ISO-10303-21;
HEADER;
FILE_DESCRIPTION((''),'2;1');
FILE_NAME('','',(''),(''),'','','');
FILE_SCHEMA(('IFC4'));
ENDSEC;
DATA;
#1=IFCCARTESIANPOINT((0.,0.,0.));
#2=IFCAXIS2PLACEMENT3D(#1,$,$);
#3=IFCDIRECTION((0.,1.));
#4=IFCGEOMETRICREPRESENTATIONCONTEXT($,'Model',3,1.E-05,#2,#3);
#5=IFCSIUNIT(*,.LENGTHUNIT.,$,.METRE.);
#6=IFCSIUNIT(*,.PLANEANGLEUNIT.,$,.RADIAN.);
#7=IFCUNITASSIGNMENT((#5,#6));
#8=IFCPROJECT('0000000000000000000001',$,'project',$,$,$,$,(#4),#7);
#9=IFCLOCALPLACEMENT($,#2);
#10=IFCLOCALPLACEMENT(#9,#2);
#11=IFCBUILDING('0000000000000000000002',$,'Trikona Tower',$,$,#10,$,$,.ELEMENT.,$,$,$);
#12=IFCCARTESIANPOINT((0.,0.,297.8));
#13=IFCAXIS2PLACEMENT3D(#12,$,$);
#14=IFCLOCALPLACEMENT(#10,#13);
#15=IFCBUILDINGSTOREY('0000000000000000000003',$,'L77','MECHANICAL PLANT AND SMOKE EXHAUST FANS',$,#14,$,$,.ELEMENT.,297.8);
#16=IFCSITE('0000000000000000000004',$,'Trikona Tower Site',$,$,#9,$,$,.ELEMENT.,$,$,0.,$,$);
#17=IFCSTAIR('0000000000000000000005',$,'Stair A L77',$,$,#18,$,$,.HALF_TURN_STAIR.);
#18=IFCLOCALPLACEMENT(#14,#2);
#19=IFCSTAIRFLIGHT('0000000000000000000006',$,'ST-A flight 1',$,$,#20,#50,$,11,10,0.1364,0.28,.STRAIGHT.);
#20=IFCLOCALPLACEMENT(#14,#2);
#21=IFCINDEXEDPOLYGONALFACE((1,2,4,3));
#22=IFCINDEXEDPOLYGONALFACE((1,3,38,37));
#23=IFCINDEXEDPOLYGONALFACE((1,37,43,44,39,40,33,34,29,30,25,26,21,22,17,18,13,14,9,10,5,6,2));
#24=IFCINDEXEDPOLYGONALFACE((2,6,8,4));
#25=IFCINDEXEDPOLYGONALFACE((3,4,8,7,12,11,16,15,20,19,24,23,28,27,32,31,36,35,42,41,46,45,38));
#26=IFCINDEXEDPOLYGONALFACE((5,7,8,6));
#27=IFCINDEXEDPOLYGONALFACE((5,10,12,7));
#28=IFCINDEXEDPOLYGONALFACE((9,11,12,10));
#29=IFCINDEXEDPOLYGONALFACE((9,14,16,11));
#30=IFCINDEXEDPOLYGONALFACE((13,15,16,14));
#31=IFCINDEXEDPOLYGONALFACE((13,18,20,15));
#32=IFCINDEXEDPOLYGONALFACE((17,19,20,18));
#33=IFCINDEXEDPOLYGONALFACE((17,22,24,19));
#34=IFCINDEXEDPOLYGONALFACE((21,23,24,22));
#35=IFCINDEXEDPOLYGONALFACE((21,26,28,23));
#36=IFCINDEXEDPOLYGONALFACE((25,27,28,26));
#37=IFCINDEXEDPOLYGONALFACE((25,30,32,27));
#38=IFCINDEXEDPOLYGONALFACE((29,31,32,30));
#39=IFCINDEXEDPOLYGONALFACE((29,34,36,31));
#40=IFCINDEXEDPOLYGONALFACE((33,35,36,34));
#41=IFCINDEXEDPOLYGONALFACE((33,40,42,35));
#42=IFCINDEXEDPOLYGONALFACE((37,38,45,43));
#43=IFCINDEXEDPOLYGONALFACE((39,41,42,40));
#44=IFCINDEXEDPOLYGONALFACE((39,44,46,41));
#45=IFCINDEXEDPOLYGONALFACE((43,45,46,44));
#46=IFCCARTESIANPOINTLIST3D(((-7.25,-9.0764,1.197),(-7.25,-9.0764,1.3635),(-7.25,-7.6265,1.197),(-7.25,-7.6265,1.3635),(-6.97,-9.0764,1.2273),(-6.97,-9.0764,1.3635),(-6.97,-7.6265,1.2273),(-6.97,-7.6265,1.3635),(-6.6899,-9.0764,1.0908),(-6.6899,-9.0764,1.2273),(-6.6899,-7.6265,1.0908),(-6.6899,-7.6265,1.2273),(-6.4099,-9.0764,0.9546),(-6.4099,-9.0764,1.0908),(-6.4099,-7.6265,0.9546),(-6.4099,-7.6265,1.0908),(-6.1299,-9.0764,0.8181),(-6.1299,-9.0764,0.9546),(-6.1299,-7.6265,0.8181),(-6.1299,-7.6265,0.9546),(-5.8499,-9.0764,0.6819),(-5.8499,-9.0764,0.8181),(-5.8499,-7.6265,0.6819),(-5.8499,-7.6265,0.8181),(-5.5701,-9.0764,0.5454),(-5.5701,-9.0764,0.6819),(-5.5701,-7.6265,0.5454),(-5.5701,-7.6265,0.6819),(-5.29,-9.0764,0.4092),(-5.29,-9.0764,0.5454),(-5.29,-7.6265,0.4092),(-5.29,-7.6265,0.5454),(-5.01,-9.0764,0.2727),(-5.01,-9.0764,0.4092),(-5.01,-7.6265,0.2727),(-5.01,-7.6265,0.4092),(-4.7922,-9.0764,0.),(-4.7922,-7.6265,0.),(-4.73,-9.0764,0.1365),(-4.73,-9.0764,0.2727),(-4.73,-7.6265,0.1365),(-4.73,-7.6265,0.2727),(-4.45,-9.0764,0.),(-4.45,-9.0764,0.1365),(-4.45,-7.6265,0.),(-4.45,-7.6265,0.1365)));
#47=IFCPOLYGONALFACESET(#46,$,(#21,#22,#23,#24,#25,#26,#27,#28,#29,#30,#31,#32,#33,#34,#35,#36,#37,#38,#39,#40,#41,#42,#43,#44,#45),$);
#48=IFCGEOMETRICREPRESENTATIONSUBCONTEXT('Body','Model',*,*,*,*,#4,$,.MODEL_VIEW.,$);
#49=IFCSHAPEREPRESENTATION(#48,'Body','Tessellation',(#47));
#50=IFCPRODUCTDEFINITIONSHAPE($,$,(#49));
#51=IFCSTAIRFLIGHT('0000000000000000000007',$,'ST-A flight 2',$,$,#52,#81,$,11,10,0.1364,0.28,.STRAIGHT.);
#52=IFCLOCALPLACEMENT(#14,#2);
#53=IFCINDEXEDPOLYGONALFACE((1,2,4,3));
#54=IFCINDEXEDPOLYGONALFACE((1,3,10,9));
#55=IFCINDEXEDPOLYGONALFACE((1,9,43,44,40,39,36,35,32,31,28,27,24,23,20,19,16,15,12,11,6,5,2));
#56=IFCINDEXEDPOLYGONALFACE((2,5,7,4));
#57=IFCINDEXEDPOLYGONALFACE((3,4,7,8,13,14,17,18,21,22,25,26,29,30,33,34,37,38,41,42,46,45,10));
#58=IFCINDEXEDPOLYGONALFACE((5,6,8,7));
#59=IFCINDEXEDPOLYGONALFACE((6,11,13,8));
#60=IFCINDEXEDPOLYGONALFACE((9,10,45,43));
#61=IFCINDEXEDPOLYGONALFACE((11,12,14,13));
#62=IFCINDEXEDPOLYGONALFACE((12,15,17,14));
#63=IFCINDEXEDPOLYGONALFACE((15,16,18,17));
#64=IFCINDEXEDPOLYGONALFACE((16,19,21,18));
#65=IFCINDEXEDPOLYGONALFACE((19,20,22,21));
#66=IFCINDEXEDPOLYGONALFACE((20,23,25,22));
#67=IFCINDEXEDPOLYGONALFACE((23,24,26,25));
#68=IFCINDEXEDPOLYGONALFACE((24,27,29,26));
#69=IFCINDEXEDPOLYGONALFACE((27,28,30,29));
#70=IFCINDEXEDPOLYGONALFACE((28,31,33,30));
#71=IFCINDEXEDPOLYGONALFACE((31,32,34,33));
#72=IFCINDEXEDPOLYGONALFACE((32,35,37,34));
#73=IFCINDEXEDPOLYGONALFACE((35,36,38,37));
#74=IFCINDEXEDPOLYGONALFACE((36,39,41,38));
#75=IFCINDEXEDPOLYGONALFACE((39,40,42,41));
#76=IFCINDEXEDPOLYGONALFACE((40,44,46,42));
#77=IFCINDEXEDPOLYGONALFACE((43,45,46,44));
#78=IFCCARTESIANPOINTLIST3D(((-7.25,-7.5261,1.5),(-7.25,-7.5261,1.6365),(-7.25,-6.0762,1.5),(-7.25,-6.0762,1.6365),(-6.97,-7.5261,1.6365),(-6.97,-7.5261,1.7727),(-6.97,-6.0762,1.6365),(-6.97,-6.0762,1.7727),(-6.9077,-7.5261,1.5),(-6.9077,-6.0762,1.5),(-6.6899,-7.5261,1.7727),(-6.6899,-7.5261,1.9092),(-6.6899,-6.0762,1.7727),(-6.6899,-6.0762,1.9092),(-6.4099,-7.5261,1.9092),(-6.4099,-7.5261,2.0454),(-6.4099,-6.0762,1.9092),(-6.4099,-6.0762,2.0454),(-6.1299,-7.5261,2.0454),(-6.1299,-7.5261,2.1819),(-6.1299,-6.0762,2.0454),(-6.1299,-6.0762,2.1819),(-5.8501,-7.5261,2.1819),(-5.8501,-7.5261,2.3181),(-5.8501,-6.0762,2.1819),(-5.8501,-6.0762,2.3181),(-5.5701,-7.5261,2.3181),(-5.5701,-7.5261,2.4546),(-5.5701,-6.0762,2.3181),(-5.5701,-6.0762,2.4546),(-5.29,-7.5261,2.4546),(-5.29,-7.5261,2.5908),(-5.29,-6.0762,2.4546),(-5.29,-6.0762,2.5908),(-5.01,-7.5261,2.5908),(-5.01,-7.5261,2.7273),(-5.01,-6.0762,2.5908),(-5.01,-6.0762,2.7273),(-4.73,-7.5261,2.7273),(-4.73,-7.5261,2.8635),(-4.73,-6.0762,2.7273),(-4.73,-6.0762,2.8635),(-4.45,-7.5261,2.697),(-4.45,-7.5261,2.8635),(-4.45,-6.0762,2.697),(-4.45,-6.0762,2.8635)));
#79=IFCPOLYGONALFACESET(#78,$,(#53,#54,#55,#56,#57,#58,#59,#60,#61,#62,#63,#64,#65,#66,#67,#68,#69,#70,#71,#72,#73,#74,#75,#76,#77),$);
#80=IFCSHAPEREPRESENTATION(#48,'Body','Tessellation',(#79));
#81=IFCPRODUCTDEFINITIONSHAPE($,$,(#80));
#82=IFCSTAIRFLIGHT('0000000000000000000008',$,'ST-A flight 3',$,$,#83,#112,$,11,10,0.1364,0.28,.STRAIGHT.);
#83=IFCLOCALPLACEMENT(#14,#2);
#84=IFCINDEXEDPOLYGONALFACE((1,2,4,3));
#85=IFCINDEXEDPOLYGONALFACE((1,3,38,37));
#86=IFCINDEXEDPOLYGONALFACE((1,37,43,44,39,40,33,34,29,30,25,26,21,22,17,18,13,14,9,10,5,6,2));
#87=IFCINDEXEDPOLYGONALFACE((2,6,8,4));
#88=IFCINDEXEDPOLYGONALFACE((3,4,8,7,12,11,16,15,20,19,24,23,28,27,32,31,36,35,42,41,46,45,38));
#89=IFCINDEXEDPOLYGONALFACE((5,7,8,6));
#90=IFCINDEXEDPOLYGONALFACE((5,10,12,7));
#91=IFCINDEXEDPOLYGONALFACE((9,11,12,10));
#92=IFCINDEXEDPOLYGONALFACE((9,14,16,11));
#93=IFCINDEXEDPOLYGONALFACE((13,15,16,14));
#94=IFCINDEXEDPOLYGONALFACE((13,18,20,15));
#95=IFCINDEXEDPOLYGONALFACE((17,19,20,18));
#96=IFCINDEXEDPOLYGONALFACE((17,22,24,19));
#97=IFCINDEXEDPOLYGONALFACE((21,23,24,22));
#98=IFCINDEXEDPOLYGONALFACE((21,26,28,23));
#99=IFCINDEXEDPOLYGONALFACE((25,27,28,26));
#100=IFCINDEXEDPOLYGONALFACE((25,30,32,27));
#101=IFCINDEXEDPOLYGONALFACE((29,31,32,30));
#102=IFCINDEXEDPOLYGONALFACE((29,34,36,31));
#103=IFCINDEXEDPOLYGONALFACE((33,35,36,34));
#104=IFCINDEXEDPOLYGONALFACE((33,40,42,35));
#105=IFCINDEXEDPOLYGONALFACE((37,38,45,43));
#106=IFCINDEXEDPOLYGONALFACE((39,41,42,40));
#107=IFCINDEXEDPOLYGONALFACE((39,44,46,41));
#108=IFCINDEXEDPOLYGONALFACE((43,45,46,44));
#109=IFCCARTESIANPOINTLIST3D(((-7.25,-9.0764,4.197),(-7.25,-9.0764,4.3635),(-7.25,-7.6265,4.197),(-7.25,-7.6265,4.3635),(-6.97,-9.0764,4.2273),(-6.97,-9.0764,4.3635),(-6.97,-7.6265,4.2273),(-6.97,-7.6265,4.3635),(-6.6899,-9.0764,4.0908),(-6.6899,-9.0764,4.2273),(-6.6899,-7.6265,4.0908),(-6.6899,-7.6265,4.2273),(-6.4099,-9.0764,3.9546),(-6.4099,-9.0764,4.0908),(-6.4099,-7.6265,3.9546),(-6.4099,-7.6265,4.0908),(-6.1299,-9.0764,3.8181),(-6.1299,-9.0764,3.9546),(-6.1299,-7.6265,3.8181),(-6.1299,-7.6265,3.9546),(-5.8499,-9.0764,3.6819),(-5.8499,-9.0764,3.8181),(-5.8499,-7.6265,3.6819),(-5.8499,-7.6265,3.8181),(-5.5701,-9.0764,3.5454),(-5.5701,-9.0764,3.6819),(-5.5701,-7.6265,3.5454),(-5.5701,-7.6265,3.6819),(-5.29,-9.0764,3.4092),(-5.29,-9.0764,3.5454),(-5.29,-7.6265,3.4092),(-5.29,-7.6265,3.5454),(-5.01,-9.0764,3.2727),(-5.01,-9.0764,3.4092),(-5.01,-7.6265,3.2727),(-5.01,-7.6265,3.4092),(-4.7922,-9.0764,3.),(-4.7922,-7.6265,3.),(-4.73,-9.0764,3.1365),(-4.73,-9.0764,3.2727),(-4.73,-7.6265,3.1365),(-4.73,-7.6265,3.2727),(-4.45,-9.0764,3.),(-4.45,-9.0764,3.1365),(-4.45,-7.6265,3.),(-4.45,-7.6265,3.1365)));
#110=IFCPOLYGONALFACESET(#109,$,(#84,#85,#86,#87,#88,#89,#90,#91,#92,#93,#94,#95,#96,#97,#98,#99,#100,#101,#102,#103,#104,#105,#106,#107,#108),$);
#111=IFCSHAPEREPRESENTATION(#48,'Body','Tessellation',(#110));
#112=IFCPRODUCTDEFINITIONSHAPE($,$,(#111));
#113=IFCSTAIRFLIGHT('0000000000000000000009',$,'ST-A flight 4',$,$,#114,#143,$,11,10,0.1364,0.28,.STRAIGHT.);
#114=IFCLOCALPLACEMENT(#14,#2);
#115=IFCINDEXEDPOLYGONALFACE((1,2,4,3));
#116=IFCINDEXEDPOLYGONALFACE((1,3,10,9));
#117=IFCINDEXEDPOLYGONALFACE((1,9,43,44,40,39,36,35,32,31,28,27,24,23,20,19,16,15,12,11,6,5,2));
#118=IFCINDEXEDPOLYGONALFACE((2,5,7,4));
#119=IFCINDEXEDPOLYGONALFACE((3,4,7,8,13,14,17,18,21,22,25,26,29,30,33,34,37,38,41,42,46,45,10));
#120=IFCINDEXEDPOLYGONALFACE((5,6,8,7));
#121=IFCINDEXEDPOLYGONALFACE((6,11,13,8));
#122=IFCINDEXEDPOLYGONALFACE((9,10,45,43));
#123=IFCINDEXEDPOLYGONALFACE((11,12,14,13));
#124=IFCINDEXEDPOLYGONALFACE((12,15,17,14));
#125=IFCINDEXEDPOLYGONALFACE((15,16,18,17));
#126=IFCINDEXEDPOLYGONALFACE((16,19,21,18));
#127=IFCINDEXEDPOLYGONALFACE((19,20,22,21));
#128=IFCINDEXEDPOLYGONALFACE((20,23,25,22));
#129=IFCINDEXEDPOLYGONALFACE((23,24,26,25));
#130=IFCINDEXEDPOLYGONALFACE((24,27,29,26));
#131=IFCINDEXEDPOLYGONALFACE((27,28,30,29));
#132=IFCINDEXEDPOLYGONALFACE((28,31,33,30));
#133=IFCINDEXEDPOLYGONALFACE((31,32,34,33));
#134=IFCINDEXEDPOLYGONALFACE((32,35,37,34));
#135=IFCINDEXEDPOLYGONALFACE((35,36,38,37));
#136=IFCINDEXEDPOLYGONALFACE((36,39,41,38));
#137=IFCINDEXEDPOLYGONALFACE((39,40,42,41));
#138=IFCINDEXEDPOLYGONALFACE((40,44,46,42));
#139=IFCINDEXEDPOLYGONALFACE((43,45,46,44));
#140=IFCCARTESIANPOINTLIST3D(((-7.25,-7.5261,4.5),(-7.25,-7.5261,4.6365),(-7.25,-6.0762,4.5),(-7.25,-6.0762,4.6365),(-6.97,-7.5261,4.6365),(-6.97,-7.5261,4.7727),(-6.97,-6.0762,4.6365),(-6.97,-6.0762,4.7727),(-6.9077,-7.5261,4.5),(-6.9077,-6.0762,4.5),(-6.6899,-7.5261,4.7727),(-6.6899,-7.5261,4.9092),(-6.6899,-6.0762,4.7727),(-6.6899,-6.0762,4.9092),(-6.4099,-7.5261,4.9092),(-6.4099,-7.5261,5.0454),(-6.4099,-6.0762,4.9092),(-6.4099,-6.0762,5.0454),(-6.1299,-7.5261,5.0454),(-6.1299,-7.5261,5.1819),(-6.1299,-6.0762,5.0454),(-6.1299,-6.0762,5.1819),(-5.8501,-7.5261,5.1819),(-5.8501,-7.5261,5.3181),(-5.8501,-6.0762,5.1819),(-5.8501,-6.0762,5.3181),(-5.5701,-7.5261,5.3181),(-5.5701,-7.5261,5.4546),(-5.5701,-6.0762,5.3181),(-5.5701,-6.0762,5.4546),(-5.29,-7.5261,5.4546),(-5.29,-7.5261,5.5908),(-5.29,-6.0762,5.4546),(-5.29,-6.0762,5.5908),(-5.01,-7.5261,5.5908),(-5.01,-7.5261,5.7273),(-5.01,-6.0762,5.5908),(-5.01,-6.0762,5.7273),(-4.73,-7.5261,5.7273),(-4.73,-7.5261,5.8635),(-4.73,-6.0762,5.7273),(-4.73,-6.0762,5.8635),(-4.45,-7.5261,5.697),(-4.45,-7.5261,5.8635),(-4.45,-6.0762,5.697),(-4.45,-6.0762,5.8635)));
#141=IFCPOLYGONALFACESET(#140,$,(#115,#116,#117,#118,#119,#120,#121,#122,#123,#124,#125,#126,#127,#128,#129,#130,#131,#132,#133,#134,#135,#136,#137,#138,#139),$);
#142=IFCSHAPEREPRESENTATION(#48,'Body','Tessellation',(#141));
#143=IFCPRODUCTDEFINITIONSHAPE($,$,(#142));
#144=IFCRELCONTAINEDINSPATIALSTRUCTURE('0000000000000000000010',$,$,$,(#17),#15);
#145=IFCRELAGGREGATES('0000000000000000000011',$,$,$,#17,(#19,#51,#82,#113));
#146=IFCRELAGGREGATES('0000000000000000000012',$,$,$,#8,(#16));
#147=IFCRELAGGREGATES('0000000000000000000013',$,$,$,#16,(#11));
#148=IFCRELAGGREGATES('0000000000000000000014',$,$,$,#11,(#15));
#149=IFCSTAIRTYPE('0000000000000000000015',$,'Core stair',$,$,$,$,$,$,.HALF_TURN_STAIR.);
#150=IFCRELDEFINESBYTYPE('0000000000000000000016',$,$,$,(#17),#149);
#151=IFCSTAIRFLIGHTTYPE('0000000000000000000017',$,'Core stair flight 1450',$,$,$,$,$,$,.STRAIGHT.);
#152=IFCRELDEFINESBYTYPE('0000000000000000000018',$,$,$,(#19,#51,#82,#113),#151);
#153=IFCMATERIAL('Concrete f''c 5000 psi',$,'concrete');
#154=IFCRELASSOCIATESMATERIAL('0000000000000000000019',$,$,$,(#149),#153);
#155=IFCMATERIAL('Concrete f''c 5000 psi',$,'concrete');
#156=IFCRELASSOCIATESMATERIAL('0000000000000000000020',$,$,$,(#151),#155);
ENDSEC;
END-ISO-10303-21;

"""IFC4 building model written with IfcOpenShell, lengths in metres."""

from ifc_helpers import new_model, si_unit, direction, frame, origin, place, context, subcontext, project, spatial, polyline, outline, extrude, material, type_object, element, aggregate, save


model = new_model("IFC4")

# Units and contexts
model_context = context("Model", 3, precision=1e-05, world=origin(), true_north=direction((0.0, 1.0)))
body_context = subcontext(model_context, "Body", "Model", "MODEL_VIEW")
ifc_project = project(units=[si_unit("LENGTHUNIT", "METRE"), si_unit("PLANEANGLEUNIT", "RADIAN")], contexts=[model_context])

# Site, building, storey
site_placement = place(None, origin())
site = spatial("IfcSite", under=ifc_project, at=site_placement, Name="Trikona Tower Site", CompositionType="ELEMENT", RefElevation=0.0)
building_placement = place(site_placement, origin())
building = spatial("IfcBuilding", under=site, at=building_placement, Name="Trikona Tower", CompositionType="ELEMENT")
storey_placement = place(building_placement, frame((0.0, 0.0, 297.8)))
storey = spatial("IfcBuildingStorey", under=building, at=storey_placement, Name="L77", Description="MECHANICAL PLANT AND SMOKE EXHAUST FANS", CompositionType="ELEMENT", Elevation=297.8)

# Stair, stair flights
ifc_material_1 = material(Name="Concrete f'c 5000 psi", Category="concrete")
stair_type = type_object("IfcStairType", Name="Core stair", PredefinedType="HALF_TURN_STAIR", material=ifc_material_1)
stair_placement = place(storey_placement, origin())
stair = element("IfcStair", 1, at=stair_placement, inside=storey, type_object=stair_type, Name="Stair A L77", PredefinedType="HALF_TURN_STAIR")
ifc_material_2 = material(Name="Concrete f'c 5000 psi", Category="concrete")
stair_flight_type = type_object("IfcStairFlightType", Name="Core stair flight 1450", PredefinedType="STRAIGHT", material=ifc_material_2)
stair_flight_1_placement = place(storey_placement, frame((-4.45, -8.3513, 0.0), z_axis=(0.0, 0.0, 1.0), x_axis=(-1.0, 0.0, 0.0)))
stair_flight_1 = element("IfcStairFlight", 2, at=stair_flight_1_placement, type_object=stair_flight_type, Name="ST-A flight 1", NumberOfRisers=11, NumberOfTreads=10, PredefinedType="STRAIGHT", RiserHeight=0.1364, TreadLength=0.28, context=body_context, shape_type="SweptSolid", body=[
    extrude(outline(polyline([(0.0, 0.0), (0.0, 0.1365), (0.28, 0.1365), (0.28, 0.2727), (0.5601, 0.2727), (0.5601, 0.4092), (0.8401, 0.4092), (0.8401, 0.5454), (1.1201, 0.5454), (1.1201, 0.6819), (1.3999, 0.6819), (1.3999, 0.8181), (1.6799, 0.8181), (1.6799, 0.9546), (1.96, 0.9546), (1.96, 1.0908), (2.24, 1.0908), (2.24, 1.2273), (2.52, 1.2273), (2.52, 1.3635), (2.8, 1.3635), (2.8, 1.5), (2.8, 1.197), (0.3423, 0.0), (0.0, 0.0)])), frame((0.0, 0.7251, 0.0), z_axis=(0.0, -1.0, 0.0), x_axis=(1.0, 0.0, 0.0)), (0.0, 0.0, 1.0), 1.45),
])
stair_flight_2_placement = place(storey_placement, frame((-7.25, -6.8013, 1.5), z_axis=(0.0, 0.0, 1.0), x_axis=(1.0, 0.0, 0.0)))
stair_flight_2 = element("IfcStairFlight", 3, at=stair_flight_2_placement, type_object=stair_flight_type, Name="ST-A flight 2", NumberOfRisers=11, NumberOfTreads=10, PredefinedType="STRAIGHT", RiserHeight=0.1364, TreadLength=0.28, context=body_context, shape_type="SweptSolid", body=[
    extrude(outline(polyline([(0.0, 0.0), (0.0, 0.1365), (0.28, 0.1365), (0.28, 0.2727), (0.5601, 0.2727), (0.5601, 0.4092), (0.8401, 0.4092), (0.8401, 0.5454), (1.1201, 0.5454), (1.1201, 0.6819), (1.3999, 0.6819), (1.3999, 0.8181), (1.6799, 0.8181), (1.6799, 0.9546), (1.96, 0.9546), (1.96, 1.0908), (2.24, 1.0908), (2.24, 1.2273), (2.52, 1.2273), (2.52, 1.3635), (2.8, 1.3635), (2.8, 1.5), (2.8, 1.197), (0.3423, 0.0), (0.0, 0.0)])), frame((0.0, 0.7251, 0.0), z_axis=(0.0, -1.0, 0.0), x_axis=(1.0, 0.0, 0.0)), (0.0, 0.0, 1.0), 1.45),
])
stair_flight_3_placement = place(storey_placement, frame((-4.45, -8.3513, 3.0), z_axis=(0.0, 0.0, 1.0), x_axis=(-1.0, 0.0, 0.0)))
stair_flight_3 = element("IfcStairFlight", 4, at=stair_flight_3_placement, type_object=stair_flight_type, Name="ST-A flight 3", NumberOfRisers=11, NumberOfTreads=10, PredefinedType="STRAIGHT", RiserHeight=0.1364, TreadLength=0.28, context=body_context, shape_type="SweptSolid", body=[
    extrude(outline(polyline([(0.0, 0.0), (0.0, 0.1365), (0.28, 0.1365), (0.28, 0.2727), (0.5601, 0.2727), (0.5601, 0.4092), (0.8401, 0.4092), (0.8401, 0.5454), (1.1201, 0.5454), (1.1201, 0.6819), (1.3999, 0.6819), (1.3999, 0.8181), (1.6799, 0.8181), (1.6799, 0.9546), (1.96, 0.9546), (1.96, 1.0908), (2.24, 1.0908), (2.24, 1.2273), (2.52, 1.2273), (2.52, 1.3635), (2.8, 1.3635), (2.8, 1.5), (2.8, 1.197), (0.3423, 0.0), (0.0, 0.0)])), frame((0.0, 0.7251, 0.0), z_axis=(0.0, -1.0, 0.0), x_axis=(1.0, 0.0, 0.0)), (0.0, 0.0, 1.0), 1.45),
])
stair_flight_4_placement = place(storey_placement, frame((-7.25, -6.8013, 4.5), z_axis=(0.0, 0.0, 1.0), x_axis=(1.0, 0.0, 0.0)))
stair_flight_4 = element("IfcStairFlight", 5, at=stair_flight_4_placement, type_object=stair_flight_type, Name="ST-A flight 4", NumberOfRisers=11, NumberOfTreads=10, PredefinedType="STRAIGHT", RiserHeight=0.1364, TreadLength=0.28, context=body_context, shape_type="SweptSolid", body=[
    extrude(outline(polyline([(0.0, 0.0), (0.0, 0.1365), (0.28, 0.1365), (0.28, 0.2727), (0.5601, 0.2727), (0.5601, 0.4092), (0.8401, 0.4092), (0.8401, 0.5454), (1.1201, 0.5454), (1.1201, 0.6819), (1.3999, 0.6819), (1.3999, 0.8181), (1.6799, 0.8181), (1.6799, 0.9546), (1.96, 0.9546), (1.96, 1.0908), (2.24, 1.0908), (2.24, 1.2273), (2.52, 1.2273), (2.52, 1.3635), (2.8, 1.3635), (2.8, 1.5), (2.8, 1.197), (0.3423, 0.0), (0.0, 0.0)])), frame((0.0, 0.7251, 0.0), z_axis=(0.0, -1.0, 0.0), x_axis=(1.0, 0.0, 0.0)), (0.0, 0.0, 1.0), 1.45),
])
aggregate(stair, [stair_flight_1, stair_flight_2, stair_flight_3, stair_flight_4])

save(model, "model.ifc")
